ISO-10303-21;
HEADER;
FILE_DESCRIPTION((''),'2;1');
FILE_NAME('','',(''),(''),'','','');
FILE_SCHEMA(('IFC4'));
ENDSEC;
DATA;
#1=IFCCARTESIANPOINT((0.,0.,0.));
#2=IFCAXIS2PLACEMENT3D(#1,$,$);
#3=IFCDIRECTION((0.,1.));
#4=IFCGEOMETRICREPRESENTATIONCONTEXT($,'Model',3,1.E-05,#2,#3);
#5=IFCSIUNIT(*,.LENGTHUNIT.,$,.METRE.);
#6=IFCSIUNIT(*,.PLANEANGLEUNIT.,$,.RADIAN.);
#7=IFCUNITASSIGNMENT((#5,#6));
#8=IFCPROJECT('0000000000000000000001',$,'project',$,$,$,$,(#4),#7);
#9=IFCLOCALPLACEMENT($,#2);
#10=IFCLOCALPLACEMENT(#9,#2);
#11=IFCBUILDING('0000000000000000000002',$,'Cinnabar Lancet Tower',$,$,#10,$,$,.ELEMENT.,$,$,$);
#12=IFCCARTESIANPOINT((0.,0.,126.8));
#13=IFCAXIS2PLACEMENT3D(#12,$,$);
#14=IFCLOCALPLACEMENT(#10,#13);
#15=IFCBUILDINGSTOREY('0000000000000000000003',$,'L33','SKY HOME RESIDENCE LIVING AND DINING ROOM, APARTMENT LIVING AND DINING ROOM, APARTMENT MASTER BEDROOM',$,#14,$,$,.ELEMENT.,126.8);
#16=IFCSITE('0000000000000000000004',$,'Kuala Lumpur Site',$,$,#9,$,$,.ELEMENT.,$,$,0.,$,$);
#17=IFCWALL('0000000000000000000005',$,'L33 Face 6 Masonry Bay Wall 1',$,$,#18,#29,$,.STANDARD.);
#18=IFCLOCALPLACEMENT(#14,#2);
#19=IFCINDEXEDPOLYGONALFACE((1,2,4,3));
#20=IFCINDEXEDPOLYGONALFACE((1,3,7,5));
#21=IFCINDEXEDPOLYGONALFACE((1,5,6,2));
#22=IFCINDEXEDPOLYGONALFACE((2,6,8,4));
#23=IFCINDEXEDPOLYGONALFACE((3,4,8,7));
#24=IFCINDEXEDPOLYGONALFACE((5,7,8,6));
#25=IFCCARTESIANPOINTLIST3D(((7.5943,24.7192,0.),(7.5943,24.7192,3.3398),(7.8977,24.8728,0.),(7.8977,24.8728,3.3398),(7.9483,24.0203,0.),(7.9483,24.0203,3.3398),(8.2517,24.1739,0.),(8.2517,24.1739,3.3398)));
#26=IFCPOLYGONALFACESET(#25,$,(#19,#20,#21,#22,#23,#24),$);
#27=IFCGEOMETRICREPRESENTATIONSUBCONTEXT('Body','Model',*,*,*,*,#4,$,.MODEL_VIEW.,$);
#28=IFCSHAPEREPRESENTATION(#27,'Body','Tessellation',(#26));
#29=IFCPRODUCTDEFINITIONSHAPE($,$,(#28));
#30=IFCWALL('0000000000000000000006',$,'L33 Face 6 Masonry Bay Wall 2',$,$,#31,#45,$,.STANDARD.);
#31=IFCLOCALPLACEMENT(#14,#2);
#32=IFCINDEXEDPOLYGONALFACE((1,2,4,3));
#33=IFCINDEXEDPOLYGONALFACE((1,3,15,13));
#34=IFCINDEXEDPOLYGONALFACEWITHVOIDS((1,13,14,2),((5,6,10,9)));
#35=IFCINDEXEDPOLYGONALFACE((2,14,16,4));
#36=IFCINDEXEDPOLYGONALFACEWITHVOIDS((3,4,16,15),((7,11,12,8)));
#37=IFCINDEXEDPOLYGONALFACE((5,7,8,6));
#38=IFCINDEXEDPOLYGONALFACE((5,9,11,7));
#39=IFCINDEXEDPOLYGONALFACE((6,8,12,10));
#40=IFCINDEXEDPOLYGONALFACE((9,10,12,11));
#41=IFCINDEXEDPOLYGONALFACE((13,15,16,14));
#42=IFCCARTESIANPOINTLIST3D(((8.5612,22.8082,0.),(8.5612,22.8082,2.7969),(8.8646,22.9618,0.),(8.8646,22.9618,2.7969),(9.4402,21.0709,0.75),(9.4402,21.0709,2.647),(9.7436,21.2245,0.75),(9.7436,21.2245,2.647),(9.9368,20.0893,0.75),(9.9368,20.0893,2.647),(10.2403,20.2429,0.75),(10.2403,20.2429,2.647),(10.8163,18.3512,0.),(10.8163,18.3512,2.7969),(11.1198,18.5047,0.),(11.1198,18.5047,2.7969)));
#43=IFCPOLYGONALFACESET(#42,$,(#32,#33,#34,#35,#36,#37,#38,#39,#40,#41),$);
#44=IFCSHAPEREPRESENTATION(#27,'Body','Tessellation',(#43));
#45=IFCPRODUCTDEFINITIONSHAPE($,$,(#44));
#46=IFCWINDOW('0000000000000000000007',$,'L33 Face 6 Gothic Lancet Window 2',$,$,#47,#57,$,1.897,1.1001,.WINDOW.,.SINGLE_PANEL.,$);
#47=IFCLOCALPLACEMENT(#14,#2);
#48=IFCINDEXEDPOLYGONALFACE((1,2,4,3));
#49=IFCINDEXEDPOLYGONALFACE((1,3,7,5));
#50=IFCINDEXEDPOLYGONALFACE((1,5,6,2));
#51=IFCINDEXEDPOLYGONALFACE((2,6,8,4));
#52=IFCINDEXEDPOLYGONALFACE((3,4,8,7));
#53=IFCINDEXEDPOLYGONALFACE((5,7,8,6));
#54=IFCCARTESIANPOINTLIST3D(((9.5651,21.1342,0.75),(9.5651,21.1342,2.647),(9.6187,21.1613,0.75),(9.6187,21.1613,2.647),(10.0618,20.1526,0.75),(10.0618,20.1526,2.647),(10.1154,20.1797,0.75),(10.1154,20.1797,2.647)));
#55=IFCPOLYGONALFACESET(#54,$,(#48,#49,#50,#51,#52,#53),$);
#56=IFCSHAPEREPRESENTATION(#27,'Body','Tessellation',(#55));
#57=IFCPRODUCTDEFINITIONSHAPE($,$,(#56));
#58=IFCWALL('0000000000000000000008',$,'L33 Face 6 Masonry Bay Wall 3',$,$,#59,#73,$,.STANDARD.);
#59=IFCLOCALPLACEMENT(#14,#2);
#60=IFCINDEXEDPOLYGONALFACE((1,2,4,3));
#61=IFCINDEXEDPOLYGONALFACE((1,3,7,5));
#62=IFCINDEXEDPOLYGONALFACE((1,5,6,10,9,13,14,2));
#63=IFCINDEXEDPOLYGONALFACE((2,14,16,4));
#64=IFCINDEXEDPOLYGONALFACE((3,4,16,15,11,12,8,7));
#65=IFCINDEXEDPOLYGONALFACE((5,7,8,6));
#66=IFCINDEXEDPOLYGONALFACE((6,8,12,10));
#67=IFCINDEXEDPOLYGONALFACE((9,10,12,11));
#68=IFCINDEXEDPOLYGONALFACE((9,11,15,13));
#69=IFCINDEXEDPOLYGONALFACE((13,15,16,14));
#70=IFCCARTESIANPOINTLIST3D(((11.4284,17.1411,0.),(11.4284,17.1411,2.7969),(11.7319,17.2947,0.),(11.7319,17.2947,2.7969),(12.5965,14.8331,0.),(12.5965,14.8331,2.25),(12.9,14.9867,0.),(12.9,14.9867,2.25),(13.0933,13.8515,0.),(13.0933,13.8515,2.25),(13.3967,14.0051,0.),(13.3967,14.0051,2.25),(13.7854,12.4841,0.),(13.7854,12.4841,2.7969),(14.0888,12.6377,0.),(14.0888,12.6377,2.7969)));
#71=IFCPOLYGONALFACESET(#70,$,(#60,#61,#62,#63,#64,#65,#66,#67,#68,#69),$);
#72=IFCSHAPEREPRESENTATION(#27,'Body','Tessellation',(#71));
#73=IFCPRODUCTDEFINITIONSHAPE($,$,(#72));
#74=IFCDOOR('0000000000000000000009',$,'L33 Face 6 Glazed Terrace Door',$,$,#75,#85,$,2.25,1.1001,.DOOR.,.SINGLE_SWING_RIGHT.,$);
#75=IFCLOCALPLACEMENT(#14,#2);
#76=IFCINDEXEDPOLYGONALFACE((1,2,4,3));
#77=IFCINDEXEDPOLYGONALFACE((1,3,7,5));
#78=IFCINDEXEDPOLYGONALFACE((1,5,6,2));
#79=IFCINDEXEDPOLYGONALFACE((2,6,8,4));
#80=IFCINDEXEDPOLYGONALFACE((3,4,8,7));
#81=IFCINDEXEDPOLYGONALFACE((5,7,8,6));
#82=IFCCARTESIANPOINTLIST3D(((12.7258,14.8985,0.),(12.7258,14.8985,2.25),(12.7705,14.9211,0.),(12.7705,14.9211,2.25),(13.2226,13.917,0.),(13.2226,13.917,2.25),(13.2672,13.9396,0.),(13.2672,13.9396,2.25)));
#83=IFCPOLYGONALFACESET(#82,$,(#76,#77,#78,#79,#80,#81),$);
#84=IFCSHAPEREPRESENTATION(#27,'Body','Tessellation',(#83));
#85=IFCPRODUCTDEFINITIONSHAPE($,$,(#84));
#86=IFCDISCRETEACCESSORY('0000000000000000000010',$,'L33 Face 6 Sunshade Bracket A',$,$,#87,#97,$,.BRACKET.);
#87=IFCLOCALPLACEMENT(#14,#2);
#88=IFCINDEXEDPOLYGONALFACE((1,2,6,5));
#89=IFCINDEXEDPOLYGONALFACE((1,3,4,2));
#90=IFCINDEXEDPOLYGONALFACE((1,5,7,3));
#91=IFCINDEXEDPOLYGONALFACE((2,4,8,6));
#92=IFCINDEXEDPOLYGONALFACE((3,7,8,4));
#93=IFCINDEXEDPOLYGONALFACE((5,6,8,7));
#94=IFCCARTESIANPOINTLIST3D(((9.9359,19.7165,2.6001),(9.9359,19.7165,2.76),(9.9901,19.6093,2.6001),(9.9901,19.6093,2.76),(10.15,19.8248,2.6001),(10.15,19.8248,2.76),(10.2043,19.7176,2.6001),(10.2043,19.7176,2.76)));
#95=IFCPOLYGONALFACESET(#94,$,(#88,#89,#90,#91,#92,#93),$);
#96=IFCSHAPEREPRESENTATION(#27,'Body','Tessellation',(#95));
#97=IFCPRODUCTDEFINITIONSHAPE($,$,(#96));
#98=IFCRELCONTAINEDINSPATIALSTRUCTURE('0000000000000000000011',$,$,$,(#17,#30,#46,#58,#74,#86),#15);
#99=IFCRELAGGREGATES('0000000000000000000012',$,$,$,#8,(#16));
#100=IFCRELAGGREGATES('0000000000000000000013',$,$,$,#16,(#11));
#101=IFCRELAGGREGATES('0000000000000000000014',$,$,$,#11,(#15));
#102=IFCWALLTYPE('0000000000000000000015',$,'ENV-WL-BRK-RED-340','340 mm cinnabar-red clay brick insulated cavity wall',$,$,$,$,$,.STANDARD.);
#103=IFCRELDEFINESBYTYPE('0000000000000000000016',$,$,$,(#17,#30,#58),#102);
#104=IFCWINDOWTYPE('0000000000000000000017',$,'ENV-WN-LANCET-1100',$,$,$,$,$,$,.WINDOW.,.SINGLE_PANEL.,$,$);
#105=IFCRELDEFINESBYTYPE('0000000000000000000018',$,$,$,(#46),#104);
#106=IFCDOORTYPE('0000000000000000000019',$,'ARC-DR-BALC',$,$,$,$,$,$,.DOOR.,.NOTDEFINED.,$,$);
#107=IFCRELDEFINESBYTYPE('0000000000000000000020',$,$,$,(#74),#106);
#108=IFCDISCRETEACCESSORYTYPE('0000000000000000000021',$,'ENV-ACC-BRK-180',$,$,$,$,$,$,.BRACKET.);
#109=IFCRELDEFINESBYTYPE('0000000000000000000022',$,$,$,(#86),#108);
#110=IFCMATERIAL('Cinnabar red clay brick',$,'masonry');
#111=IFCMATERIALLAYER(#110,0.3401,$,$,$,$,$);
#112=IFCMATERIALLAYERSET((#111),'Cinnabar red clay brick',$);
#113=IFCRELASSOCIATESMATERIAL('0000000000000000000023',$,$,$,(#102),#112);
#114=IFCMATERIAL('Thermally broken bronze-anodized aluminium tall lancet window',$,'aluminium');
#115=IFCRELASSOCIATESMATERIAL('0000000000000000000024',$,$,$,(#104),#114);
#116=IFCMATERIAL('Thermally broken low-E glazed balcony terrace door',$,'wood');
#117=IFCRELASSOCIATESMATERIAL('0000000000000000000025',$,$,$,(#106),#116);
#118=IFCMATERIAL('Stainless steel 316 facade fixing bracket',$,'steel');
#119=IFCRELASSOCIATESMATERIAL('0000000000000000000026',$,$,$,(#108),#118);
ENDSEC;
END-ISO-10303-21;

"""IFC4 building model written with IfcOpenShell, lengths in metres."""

from ifc_helpers import new_model, si_unit, direction, frame, frame_2d, origin, origin_2d, place, context, subcontext, project, spatial, rectangle, extrude, material, layer, layer_set, type_object, element, fill, save


model = new_model("IFC4")

# Units and contexts
model_context = context("Model", 3, precision=1e-05, world=origin(), true_north=direction((0.0, 1.0)))
body_context = subcontext(model_context, "Body", "Model", "MODEL_VIEW")
ifc_project = project(units=[si_unit("LENGTHUNIT", "METRE"), si_unit("PLANEANGLEUNIT", "RADIAN")], contexts=[model_context])

# Site, building, storey
site_placement = place(None, origin())
site = spatial("IfcSite", under=ifc_project, at=site_placement, Name="Kuala Lumpur Site", CompositionType="ELEMENT", RefElevation=0.0)
building_placement = place(site_placement, origin())
building = spatial("IfcBuilding", under=site, at=building_placement, Name="Cinnabar Lancet Tower", CompositionType="ELEMENT")
storey_placement = place(building_placement, frame((0.0, 0.0, 126.8)))
storey = spatial("IfcBuildingStorey", under=building, at=storey_placement, Name="L33", Description="SKY HOME RESIDENCE LIVING AND DINING ROOM, APARTMENT LIVING AND DINING ROOM, APARTMENT MASTER BEDROOM", CompositionType="ELEMENT", Elevation=126.8)

# Wall
ifc_material_1 = material(Name="Cinnabar red clay brick", Category="masonry")
ifc_layer_1 = layer(ifc_material_1, 0.3401)
ifc_layer_set_1 = layer_set([ifc_layer_1], Name="Cinnabar red clay brick")
wall_type_1 = type_object("IfcWallType", Name="ENV-WL-BRK-RED-340", Description="340 mm cinnabar-red clay brick insulated cavity wall", PredefinedType="STANDARD", material=ifc_layer_set_1)
wall_1_placement = place(storey_placement, frame((7.7461, 24.7959, 0.0), z_axis=(0.0, 0.0, 1.0), x_axis=(0.451819, -0.892109, 0.0)))
element("IfcWall", 1, at=wall_1_placement, inside=storey, type_object=wall_type_1, Name="L33 Face 6 Masonry Bay Wall 1", PredefinedType="STANDARD", context=body_context, shape_type="SweptSolid", body=[
    extrude(rectangle(XDim=0.7834, YDim=0.3401, at=frame_2d((0.3916, 0.0))), origin(), (0.0, 0.0, 1.0), 3.3398),
])

# Wall, opening, window
wall_2_placement = place(storey_placement, frame((8.7129, 22.885, 0.0), z_axis=(0.0, 0.0, 1.0), x_axis=(0.451471, -0.892286, 0.0)))
wall_2 = element("IfcWall", 2, at=wall_2_placement, inside=storey, type_object=wall_type_1, Name="L33 Face 6 Masonry Bay Wall 2", PredefinedType="STANDARD", context=body_context, shape_type="SweptSolid", body=[
    extrude(rectangle(XDim=4.9951, YDim=0.3401, at=frame_2d((2.4976, 0.0))), origin(), (0.0, 0.0, 1.0), 2.7969),
])
opening_1_placement = place(wall_2_placement, frame((1.947, 0.0, 0.75)))
opening_1 = element("IfcOpeningElement", 3, at=opening_1_placement, cuts=wall_2, PredefinedType="OPENING", context=body_context, shape_type="SweptSolid", body=[
    extrude(rectangle(XDim=1.1001, YDim=1.897, at=frame_2d((0.55, 0.9485))), frame((0.0, 0.1799, 0.0), z_axis=(0.0, -1.0, 0.0), x_axis=(1.0, 0.0, 0.0)), (0.0, 0.0, 1.0), 0.3601),
])
ifc_material_2 = material(Name="Thermally broken bronze-anodized aluminium tall lancet window", Category="aluminium")
window_type = type_object("IfcWindowType", Name="ENV-WN-LANCET-1100", PartitioningType="SINGLE_PANEL", PredefinedType="WINDOW", material=ifc_material_2)
window_placement = place(opening_1_placement, origin())
window = element("IfcWindow", 4, at=window_placement, inside=storey, type_object=window_type, Name="L33 Face 6 Gothic Lancet Window 2", OverallHeight=1.897, OverallWidth=1.1001, PartitioningType="SINGLE_PANEL", PredefinedType="WINDOW", context=body_context, shape_type="SweptSolid", body=[
    extrude(rectangle(XDim=1.1001, YDim=1.897, at=frame_2d((0.55, 0.9485))), frame((0.0, 0.03, 0.0), z_axis=(0.0, -1.0, 0.0), x_axis=(1.0, 0.0, 0.0)), (0.0, 0.0, 1.0), 0.0601),
])
fill(opening_1, window)

# Wall, opening, door
wall_3_placement = place(storey_placement, frame((11.5801, 17.218, 0.0), z_axis=(0.0, 0.0, 1.0), x_axis=(0.451568, -0.892237, 0.0)))
wall_3 = element("IfcWall", 5, at=wall_3_placement, inside=storey, type_object=wall_type_1, Name="L33 Face 6 Masonry Bay Wall 3", PredefinedType="STANDARD", context=body_context, shape_type="SweptSolid", body=[
    extrude(rectangle(XDim=5.2195, YDim=0.3401, at=frame_2d((2.6099, 0.0))), origin(), (0.0, 0.0, 1.0), 2.7969),
])
opening_2_placement = place(wall_3_placement, frame((2.5869, 0.0, 0.0)))
opening_2 = element("IfcOpeningElement", 6, at=opening_2_placement, cuts=wall_3, PredefinedType="OPENING", context=body_context, shape_type="SweptSolid", body=[
    extrude(rectangle(XDim=1.1001, YDim=2.25, at=frame_2d((0.55, 1.125))), frame((0.0, 0.1799, 0.0), z_axis=(0.0, -1.0, 0.0), x_axis=(1.0, 0.0, 0.0)), (0.0, 0.0, 1.0), 0.3601),
])
ifc_material_3 = material(Name="Thermally broken low-E glazed balcony terrace door", Category="wood")
door_type_1 = type_object("IfcDoorType", Name="ARC-DR-BALC", OperationType="NOTDEFINED", PredefinedType="DOOR", material=ifc_material_3)
door_1_placement = place(opening_2_placement, origin())
door_1 = element("IfcDoor", 7, at=door_1_placement, inside=storey, type_object=door_type_1, Name="L33 Face 6 Glazed Terrace Door", OperationType="SINGLE_SWING_RIGHT", OverallHeight=2.25, OverallWidth=1.1001, PredefinedType="DOOR", context=body_context, shape_type="SweptSolid", body=[
    extrude(rectangle(XDim=1.1001, YDim=2.25, at=frame_2d((0.55, 1.125))), frame((0.0, 0.0249, 0.0), z_axis=(0.0, -1.0, 0.0), x_axis=(1.0, 0.0, 0.0)), (0.0, 0.0, 1.0), 0.05),
])
fill(opening_2, door_1)

# Discrete accessory
ifc_material_4 = material(Name="Stainless steel 316 facade fixing bracket", Category="steel")
discrete_accessory_type = type_object("IfcDiscreteAccessoryType", Name="ENV-ACC-BRK-180", PredefinedType="BRACKET", material=ifc_material_4)
discrete_accessory_placement = place(storey_placement, frame((10.0701, 19.717, 2.6001), z_axis=(0.0, 0.0, 1.0), x_axis=(0.451454, -0.892294, 0.0)))
element("IfcDiscreteAccessory", 8, at=discrete_accessory_placement, inside=storey, type_object=discrete_accessory_type, Name="L33 Face 6 Sunshade Bracket A", PredefinedType="BRACKET", context=body_context, shape_type="SweptSolid", body=[
    extrude(rectangle(XDim=0.1201, YDim=0.24, at=origin_2d()), origin(), (0.0, 0.0, 1.0), 0.1599),
])

save(model, "model.ifc")
